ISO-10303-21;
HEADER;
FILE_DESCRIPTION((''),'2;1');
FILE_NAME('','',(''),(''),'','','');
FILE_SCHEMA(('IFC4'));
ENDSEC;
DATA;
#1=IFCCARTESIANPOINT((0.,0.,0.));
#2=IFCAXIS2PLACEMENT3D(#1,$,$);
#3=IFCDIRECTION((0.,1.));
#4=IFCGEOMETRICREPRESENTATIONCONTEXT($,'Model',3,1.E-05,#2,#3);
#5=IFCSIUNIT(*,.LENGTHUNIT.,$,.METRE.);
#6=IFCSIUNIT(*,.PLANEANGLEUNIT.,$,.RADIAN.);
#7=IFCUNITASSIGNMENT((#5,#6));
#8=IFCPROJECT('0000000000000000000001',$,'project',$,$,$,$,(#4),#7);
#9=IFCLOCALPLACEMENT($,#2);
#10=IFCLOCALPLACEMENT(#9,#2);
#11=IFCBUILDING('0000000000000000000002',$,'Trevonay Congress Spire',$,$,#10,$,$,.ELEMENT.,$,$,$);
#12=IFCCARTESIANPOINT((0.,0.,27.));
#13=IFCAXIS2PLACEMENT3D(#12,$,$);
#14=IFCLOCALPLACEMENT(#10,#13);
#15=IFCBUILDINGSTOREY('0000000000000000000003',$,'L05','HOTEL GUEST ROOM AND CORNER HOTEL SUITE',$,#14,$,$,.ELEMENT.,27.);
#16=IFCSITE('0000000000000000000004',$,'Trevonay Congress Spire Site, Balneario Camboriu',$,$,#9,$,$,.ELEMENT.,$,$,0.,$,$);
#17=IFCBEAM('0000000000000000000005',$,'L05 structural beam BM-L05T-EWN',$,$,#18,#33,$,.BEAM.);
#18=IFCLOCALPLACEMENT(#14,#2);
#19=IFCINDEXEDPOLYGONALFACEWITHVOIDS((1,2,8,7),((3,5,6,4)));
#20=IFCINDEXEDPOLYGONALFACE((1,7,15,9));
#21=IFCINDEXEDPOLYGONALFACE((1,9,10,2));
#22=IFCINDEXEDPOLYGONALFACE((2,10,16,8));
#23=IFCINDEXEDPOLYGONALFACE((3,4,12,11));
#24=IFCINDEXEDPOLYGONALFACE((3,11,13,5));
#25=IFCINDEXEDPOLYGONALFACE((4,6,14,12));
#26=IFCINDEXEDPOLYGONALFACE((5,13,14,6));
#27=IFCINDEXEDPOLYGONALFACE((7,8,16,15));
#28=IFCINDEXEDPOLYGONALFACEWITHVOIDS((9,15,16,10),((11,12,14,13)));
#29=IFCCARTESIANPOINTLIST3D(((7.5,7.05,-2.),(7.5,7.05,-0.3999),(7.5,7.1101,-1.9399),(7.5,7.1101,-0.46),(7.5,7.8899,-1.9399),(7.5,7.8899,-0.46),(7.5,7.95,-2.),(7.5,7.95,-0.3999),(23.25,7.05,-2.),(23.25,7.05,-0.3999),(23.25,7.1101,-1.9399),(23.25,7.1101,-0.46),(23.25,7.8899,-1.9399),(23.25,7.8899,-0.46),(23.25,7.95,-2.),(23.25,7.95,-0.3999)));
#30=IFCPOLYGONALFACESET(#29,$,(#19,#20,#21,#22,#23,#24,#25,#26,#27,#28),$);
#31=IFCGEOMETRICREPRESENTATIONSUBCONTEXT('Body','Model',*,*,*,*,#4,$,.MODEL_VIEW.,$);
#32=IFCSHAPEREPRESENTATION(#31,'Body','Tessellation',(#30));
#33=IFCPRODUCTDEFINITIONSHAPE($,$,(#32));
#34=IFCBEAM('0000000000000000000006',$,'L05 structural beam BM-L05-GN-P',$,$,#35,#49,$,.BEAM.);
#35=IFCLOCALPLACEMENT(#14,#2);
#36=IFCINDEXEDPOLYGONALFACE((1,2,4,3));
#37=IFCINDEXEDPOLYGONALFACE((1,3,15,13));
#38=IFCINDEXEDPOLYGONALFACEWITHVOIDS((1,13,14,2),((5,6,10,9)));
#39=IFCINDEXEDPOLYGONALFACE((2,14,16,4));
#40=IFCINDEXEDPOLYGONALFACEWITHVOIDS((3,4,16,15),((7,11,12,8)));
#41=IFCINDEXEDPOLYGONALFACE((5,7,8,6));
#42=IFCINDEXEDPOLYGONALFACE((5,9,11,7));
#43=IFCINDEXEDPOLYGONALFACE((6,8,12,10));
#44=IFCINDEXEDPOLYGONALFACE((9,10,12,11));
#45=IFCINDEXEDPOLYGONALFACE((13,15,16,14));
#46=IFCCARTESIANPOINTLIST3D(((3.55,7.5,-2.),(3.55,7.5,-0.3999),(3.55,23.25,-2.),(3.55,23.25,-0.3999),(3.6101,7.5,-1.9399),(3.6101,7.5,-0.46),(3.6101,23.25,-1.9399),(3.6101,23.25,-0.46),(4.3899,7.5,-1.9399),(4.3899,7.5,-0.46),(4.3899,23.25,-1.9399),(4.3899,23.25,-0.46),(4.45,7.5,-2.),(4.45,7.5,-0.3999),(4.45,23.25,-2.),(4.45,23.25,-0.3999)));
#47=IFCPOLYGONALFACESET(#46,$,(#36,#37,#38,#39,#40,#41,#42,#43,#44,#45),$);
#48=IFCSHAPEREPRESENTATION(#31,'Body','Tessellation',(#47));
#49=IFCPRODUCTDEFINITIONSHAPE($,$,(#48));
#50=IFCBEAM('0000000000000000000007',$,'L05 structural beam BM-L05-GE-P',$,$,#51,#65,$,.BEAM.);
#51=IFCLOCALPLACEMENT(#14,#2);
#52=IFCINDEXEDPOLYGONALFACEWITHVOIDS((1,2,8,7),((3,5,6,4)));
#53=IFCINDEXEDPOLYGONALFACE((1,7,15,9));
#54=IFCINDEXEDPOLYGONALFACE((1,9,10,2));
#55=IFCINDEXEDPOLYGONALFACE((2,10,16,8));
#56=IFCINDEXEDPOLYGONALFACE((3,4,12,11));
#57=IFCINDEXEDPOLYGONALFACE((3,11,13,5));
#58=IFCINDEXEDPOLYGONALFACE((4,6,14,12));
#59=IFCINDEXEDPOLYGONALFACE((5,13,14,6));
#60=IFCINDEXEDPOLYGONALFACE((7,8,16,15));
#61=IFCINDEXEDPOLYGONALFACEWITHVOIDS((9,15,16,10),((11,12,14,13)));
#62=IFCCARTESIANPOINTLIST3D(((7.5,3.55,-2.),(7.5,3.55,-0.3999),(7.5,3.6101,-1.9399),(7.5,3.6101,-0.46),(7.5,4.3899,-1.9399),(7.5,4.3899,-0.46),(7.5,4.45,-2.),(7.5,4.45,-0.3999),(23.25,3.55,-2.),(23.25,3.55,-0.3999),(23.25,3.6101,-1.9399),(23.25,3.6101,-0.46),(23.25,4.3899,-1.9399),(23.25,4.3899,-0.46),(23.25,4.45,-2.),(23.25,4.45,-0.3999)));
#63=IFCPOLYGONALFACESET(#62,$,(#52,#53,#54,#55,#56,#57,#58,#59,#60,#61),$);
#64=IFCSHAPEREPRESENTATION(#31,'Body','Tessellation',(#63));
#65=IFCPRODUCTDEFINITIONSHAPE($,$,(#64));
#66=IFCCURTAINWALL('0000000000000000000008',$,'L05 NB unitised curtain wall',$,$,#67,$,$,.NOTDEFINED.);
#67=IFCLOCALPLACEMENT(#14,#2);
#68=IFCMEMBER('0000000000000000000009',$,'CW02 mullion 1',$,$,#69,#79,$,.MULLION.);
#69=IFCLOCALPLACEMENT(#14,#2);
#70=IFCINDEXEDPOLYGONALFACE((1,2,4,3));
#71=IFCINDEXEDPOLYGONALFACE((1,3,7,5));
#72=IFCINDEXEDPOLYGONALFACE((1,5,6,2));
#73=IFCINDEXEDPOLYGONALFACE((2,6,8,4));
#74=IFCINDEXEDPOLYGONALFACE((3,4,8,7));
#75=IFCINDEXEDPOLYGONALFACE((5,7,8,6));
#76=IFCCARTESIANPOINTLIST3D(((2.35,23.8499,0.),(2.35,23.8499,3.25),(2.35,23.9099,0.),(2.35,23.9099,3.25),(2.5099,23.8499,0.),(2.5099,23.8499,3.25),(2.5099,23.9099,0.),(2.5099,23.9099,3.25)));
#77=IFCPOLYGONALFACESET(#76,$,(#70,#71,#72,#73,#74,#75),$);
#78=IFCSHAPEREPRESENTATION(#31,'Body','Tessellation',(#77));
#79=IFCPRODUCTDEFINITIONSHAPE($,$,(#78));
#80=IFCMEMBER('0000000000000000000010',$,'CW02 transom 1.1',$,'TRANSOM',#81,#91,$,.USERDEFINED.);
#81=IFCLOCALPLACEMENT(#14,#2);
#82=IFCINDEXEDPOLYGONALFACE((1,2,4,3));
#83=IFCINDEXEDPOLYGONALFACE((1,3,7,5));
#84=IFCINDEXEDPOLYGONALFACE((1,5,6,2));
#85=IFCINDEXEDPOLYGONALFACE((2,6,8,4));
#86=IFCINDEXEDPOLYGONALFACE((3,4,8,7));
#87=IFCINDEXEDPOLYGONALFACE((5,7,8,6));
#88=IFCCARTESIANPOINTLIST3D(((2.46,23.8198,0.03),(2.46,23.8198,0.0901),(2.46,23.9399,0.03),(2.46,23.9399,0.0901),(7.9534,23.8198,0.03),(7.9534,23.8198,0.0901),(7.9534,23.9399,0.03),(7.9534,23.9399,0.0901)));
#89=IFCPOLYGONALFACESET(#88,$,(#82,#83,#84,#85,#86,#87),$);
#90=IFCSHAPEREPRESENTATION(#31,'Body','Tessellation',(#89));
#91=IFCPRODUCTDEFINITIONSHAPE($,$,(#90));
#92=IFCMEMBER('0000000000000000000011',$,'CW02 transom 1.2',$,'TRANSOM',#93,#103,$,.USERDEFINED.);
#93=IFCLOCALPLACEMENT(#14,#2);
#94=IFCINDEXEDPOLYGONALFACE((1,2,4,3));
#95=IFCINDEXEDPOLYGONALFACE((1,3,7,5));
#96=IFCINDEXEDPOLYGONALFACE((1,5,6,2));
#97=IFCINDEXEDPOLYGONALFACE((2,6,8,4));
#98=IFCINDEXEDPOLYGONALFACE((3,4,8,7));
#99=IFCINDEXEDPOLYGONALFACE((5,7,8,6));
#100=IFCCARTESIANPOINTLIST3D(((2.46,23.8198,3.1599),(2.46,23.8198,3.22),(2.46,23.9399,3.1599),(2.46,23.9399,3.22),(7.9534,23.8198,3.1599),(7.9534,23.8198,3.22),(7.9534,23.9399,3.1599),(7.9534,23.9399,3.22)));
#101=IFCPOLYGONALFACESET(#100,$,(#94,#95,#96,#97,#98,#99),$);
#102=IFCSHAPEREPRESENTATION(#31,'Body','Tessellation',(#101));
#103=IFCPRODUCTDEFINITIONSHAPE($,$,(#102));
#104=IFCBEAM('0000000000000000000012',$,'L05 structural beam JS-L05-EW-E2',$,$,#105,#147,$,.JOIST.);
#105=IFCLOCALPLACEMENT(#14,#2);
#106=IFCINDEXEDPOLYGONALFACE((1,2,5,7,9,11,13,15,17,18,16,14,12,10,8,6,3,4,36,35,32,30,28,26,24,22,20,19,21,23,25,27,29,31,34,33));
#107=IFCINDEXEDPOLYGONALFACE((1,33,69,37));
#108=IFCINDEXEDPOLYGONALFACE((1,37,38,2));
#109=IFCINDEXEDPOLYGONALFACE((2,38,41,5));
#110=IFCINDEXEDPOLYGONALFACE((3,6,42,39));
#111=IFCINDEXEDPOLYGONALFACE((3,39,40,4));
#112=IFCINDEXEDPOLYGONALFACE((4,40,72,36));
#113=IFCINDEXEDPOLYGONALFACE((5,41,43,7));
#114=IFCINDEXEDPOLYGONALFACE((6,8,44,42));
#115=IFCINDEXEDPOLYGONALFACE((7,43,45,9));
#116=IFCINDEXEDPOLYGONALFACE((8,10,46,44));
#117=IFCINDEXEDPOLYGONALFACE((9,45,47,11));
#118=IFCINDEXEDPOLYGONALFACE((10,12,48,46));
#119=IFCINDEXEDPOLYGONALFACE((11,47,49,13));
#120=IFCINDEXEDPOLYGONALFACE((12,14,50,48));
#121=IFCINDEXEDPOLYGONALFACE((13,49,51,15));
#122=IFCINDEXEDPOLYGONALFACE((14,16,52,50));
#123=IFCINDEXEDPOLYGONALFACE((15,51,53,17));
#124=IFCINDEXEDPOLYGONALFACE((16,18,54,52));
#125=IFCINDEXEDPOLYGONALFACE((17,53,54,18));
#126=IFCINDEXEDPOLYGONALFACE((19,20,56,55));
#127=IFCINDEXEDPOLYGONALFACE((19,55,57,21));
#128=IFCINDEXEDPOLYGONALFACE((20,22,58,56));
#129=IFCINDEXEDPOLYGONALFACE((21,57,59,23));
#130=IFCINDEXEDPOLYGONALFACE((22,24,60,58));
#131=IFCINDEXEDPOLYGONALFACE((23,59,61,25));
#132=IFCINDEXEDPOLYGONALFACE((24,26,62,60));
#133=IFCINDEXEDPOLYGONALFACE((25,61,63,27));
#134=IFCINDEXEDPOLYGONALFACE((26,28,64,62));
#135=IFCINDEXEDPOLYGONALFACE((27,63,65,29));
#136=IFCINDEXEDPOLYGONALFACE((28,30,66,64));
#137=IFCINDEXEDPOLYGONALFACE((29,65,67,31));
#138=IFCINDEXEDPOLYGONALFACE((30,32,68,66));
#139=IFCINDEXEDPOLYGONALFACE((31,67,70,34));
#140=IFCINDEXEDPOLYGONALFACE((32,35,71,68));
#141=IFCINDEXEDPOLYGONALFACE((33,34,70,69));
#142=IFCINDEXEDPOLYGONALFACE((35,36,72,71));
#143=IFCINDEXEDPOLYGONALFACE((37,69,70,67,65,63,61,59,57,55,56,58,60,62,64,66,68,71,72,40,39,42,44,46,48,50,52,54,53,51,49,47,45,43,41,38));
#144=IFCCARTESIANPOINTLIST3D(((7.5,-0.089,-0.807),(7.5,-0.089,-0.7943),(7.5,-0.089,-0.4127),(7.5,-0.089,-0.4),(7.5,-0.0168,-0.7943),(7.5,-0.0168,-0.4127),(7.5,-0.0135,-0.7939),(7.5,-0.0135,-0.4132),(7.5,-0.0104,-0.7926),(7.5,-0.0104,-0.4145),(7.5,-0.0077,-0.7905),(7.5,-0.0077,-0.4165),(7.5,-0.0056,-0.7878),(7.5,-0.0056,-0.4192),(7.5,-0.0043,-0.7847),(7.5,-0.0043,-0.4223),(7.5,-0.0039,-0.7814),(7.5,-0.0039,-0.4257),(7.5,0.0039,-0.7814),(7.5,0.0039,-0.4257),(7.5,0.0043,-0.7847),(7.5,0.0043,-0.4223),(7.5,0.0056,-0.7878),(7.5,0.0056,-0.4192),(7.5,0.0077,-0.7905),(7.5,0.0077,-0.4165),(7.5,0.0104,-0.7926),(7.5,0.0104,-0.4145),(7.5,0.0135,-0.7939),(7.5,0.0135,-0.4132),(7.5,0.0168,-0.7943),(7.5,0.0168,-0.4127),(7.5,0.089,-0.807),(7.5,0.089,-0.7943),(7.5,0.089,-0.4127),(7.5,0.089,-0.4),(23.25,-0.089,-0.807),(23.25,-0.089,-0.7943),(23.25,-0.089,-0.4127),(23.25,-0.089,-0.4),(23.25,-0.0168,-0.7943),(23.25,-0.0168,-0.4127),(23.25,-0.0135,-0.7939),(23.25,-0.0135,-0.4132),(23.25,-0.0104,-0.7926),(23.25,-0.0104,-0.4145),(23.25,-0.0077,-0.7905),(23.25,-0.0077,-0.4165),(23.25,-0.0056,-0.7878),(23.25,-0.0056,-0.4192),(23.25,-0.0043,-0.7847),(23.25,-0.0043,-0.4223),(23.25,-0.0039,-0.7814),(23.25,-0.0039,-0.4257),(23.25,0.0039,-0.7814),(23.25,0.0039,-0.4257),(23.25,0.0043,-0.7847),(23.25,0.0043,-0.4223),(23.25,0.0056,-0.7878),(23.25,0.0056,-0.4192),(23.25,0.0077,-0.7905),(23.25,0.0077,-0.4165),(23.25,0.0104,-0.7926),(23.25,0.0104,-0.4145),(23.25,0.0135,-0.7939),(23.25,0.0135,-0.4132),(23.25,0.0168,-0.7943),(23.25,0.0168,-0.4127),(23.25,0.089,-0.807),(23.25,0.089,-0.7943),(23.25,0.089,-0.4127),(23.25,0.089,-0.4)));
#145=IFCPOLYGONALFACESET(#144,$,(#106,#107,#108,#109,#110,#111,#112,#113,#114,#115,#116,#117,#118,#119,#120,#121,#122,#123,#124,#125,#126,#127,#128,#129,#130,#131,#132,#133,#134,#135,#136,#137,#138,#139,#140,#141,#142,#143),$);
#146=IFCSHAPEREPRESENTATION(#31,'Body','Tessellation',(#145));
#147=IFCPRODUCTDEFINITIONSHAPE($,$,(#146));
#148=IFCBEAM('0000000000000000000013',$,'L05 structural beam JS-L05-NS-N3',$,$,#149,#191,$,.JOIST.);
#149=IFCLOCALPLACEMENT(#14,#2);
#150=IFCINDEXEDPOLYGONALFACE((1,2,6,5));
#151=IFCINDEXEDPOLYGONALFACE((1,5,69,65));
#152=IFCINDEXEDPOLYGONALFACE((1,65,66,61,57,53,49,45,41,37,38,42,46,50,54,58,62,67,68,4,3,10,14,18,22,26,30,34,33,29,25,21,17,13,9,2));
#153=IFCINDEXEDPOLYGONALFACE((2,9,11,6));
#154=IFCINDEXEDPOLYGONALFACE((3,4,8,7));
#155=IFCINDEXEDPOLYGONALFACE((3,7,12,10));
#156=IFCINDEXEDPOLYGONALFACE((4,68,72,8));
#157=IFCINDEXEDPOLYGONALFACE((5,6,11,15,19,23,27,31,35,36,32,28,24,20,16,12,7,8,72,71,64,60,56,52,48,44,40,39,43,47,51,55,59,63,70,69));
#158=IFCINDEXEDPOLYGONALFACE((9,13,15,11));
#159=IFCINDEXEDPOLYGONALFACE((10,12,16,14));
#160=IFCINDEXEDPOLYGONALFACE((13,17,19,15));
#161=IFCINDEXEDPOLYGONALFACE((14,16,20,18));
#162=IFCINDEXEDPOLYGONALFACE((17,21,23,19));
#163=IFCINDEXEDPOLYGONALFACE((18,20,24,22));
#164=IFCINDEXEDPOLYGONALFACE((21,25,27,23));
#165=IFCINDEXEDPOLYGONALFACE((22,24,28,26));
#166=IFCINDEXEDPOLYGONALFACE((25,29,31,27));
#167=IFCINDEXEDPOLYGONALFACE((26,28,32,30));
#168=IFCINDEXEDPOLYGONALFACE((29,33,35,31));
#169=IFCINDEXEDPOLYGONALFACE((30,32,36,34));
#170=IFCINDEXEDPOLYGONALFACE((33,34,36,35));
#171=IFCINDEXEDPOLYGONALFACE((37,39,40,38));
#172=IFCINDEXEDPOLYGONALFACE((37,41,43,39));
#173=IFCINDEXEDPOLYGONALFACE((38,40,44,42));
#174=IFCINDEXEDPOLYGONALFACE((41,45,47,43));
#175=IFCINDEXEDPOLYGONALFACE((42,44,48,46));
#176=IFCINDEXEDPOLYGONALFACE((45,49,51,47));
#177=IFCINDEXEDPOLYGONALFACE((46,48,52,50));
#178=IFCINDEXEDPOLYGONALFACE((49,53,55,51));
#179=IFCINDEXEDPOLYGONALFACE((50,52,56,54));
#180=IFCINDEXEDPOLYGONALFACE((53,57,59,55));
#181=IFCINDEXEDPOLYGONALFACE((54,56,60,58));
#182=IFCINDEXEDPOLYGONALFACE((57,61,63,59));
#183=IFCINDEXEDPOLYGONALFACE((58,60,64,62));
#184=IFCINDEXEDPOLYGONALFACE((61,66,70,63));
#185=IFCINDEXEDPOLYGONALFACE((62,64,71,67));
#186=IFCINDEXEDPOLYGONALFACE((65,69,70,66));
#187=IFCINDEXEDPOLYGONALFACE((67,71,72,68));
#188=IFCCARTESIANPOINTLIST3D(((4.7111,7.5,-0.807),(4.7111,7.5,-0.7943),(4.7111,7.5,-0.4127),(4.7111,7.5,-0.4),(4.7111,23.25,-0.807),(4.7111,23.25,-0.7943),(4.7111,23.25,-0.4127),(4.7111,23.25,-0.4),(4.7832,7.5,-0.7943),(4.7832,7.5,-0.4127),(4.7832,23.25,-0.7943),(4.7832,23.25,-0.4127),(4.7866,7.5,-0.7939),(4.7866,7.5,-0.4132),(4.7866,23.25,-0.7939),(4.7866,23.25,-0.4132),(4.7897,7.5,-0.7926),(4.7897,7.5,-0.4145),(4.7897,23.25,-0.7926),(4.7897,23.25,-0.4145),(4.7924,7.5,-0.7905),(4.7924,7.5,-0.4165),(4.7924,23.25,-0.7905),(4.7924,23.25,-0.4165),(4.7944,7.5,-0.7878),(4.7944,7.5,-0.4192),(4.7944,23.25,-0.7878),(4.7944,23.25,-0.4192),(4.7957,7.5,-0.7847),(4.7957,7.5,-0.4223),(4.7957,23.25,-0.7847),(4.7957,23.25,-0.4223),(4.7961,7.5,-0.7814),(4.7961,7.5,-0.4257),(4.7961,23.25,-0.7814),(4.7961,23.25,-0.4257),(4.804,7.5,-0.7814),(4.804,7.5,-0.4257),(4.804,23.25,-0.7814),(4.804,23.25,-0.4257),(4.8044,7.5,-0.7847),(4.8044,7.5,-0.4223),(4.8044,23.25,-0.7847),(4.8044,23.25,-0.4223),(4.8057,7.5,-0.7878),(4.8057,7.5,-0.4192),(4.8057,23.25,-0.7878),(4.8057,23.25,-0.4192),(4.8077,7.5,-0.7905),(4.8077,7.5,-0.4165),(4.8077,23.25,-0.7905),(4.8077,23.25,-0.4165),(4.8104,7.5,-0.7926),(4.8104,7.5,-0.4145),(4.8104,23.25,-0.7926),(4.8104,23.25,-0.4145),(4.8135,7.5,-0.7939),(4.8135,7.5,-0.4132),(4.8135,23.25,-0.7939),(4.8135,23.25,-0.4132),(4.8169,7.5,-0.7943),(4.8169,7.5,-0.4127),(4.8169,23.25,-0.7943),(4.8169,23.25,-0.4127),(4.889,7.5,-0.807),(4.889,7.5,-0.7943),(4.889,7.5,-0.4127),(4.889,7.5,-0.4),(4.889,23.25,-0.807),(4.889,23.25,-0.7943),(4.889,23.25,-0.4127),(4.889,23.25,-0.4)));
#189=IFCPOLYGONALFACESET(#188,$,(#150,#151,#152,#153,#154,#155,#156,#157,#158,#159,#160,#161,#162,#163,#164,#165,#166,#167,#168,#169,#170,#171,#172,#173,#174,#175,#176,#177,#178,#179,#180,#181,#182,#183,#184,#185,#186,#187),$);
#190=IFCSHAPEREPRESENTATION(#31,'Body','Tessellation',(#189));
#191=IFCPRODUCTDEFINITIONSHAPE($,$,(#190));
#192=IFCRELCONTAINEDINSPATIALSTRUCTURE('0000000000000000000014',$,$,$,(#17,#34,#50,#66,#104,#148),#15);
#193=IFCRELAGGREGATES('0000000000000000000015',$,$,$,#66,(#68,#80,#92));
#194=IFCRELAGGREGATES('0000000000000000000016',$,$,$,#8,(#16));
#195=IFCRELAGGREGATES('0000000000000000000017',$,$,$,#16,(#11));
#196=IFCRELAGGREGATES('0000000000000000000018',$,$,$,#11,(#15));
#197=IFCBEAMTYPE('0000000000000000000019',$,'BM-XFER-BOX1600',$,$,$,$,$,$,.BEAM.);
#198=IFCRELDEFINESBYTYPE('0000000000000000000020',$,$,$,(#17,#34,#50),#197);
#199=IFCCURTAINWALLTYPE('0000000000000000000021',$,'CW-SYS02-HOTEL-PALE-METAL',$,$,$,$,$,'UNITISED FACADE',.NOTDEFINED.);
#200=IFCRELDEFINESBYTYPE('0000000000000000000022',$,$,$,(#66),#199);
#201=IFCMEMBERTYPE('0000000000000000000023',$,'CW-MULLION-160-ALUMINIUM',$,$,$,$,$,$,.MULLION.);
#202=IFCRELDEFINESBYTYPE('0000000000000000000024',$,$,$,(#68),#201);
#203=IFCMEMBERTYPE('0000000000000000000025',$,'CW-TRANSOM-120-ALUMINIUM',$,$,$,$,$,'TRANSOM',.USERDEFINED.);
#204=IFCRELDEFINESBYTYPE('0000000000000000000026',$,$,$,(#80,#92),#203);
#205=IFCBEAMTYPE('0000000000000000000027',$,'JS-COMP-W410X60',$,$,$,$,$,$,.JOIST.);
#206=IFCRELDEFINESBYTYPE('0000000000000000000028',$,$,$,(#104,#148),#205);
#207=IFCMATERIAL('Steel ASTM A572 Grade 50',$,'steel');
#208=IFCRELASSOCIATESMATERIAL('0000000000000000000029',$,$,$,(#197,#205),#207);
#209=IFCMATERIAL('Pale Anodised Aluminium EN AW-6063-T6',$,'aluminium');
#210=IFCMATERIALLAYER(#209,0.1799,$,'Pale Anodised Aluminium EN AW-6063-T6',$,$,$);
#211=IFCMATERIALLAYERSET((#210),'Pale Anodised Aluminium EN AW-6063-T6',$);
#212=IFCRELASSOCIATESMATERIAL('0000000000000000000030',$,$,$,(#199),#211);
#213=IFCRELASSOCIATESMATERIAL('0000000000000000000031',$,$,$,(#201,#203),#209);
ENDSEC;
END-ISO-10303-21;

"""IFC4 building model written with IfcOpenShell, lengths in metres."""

from ifc_helpers import new_model, si_unit, direction, frame, origin, origin_2d, place, context, subcontext, project, spatial, rectangle, hollow_rectangle, i_section, extrude, material, layer, layer_set, material_profile, profile_set, type_object, element, aggregate, save


model = new_model("IFC4")

# Units and contexts
model_context = context("Model", 3, precision=1e-05, world=origin(), true_north=direction((0.0, 1.0)))
body_context = subcontext(model_context, "Body", "Model", "MODEL_VIEW")
ifc_project = project(units=[si_unit("LENGTHUNIT", "METRE"), si_unit("PLANEANGLEUNIT", "RADIAN")], contexts=[model_context])

# Site, building, storey
site_placement = place(None, origin())
site = spatial("IfcSite", under=ifc_project, at=site_placement, Name="Trevonay Congress Spire Site, Balneario Camboriu", CompositionType="ELEMENT", RefElevation=0.0)
building_placement = place(site_placement, origin())
building = spatial("IfcBuilding", under=site, at=building_placement, Name="Trevonay Congress Spire", CompositionType="ELEMENT")
storey_placement = place(building_placement, frame((0.0, 0.0, 27.0)))
storey = spatial("IfcBuildingStorey", under=building, at=storey_placement, Name="L05", Description="HOTEL GUEST ROOM AND CORNER HOTEL SUITE", CompositionType="ELEMENT", Elevation=27.0)

# Shared definitions
ifc_material_1 = material(Name="Steel ASTM A572 Grade 50", Category="steel")

# Beams
ifc_material_profile_1 = material_profile(ifc_material_1, hollow_rectangle(XDim=0.8999, YDim=1.6001, WallThickness=0.0601, at=origin_2d()), Name="BOX 1600x900x60")
ifc_profile_set_1 = profile_set([ifc_material_profile_1], Name="Steel ASTM A572 Grade 50")
beam_type_1 = type_object("IfcBeamType", Name="BM-XFER-BOX1600", PredefinedType="BEAM", material=ifc_profile_set_1)
for number, where, z_axis, x_axis, name in (
    (1, (7.5, 7.5, -1.2), (1.0, 0.0, 0.0), (0.0, 1.0, 0.0), "L05 structural beam BM-L05T-EWN"),
    (2, (4.0, 7.5, -1.2), (0.0, 1.0, 0.0), (-1.0, 0.0, 0.0), "L05 structural beam BM-L05-GN-P"),
    (3, (7.5, 4.0, -1.2), (1.0, 0.0, 0.0), (0.0, 1.0, 0.0), "L05 structural beam BM-L05-GE-P"),
):
    element("IfcBeam", number, at=place(storey_placement, frame(where, z_axis=z_axis, x_axis=x_axis)), inside=storey, type_object=beam_type_1, Name=name, PredefinedType="BEAM", context=body_context, shape_type="SweptSolid", body=[
        extrude(hollow_rectangle(XDim=0.8999, YDim=1.6001, WallThickness=0.0601, at=origin_2d()), origin(), (0.0, 0.0, 1.0), 15.75),
    ])

# Curtain wall, members
ifc_material_2 = material(Name="Pale Anodised Aluminium EN AW-6063-T6", Category="aluminium")
ifc_layer_1 = layer(ifc_material_2, 0.1799, Name="Pale Anodised Aluminium EN AW-6063-T6")
ifc_layer_set_1 = layer_set([ifc_layer_1], Name="Pale Anodised Aluminium EN AW-6063-T6")
curtain_wall_type = type_object("IfcCurtainWallType", Name="CW-SYS02-HOTEL-PALE-METAL", ElementType="UNITISED FACADE", PredefinedType="NOTDEFINED", material=ifc_layer_set_1)
curtain_wall_placement = place(storey_placement, origin())
curtain_wall = element("IfcCurtainWall", 4, at=curtain_wall_placement, inside=storey, type_object=curtain_wall_type, Name="L05 NB unitised curtain wall", PredefinedType="NOTDEFINED")
ifc_material_profile_2 = material_profile(ifc_material_2, rectangle(XDim=0.0601, YDim=0.1599, at=origin_2d()), Name="CW-MULLION-160-ALUMINIUM")
ifc_profile_set_2 = profile_set([ifc_material_profile_2], Name="Pale Anodised Aluminium EN AW-6063-T6")
member_type_1 = type_object("IfcMemberType", Name="CW-MULLION-160-ALUMINIUM", PredefinedType="MULLION", material=ifc_profile_set_2)
member_1_placement = place(storey_placement, frame((2.4299, 23.8799, 0.0), z_axis=(0.0, 0.0, 1.0), x_axis=(0.0, 1.0, 0.0)))
member_1 = element("IfcMember", 5, at=member_1_placement, type_object=member_type_1, Name="CW02 mullion 1", PredefinedType="MULLION", context=body_context, shape_type="SweptSolid", body=[
    extrude(rectangle(XDim=0.0601, YDim=0.1599, at=origin_2d()), origin(), (0.0, 0.0, 1.0), 3.25),
])
ifc_material_profile_3 = material_profile(ifc_material_2, rectangle(XDim=0.1201, YDim=0.0601, at=origin_2d()), Name="CW-TRANSOM-120-ALUMINIUM")
ifc_profile_set_3 = profile_set([ifc_material_profile_3], Name="Pale Anodised Aluminium EN AW-6063-T6")
member_type_2 = type_object("IfcMemberType", Name="CW-TRANSOM-120-ALUMINIUM", ElementType="TRANSOM", PredefinedType="USERDEFINED", material=ifc_profile_set_3)
member_2_placement = place(storey_placement, frame((2.46, 23.8799, 0.0601), z_axis=(1.0, 0.0, 0.0), x_axis=(0.0, 1.0, 0.0)))
member_2 = element("IfcMember", 6, at=member_2_placement, type_object=member_type_2, Name="CW02 transom 1.1", ObjectType="TRANSOM", PredefinedType="USERDEFINED", context=body_context, shape_type="SweptSolid", body=[
    extrude(rectangle(XDim=0.1201, YDim=0.0601, at=origin_2d()), origin(), (0.0, 0.0, 1.0), 5.4934),
])
member_3_placement = place(storey_placement, frame((2.46, 23.8799, 3.1899), z_axis=(1.0, 0.0, 0.0), x_axis=(0.0, 1.0, 0.0)))
member_3 = element("IfcMember", 7, at=member_3_placement, type_object=member_type_2, Name="CW02 transom 1.2", ObjectType="TRANSOM", PredefinedType="USERDEFINED", context=body_context, shape_type="SweptSolid", body=[
    extrude(rectangle(XDim=0.1201, YDim=0.0601, at=origin_2d()), origin(), (0.0, 0.0, 1.0), 5.4934),
])

# Beams
ifc_material_profile_4 = material_profile(ifc_material_1, i_section(OverallWidth=0.178, OverallDepth=0.407, WebThickness=0.0078, FlangeThickness=0.0127, FilletRadius=0.0129, at=origin_2d()), Name="W410x60")
ifc_profile_set_4 = profile_set([ifc_material_profile_4], Name="Steel ASTM A572 Grade 50")
beam_type_2 = type_object("IfcBeamType", Name="JS-COMP-W410X60", PredefinedType="JOIST", material=ifc_profile_set_4)
for number, where, z_axis, x_axis, name in (
    (8, (7.5, 0.0, -0.6035), (1.0, 0.0, 0.0), (0.0, 1.0, 0.0), "L05 structural beam JS-L05-EW-E2"),
    (9, (4.8, 7.5, -0.6035), (0.0, 1.0, 0.0), (-1.0, 0.0, 0.0), "L05 structural beam JS-L05-NS-N3"),
):
    element("IfcBeam", number, at=place(storey_placement, frame(where, z_axis=z_axis, x_axis=x_axis)), inside=storey, type_object=beam_type_2, Name=name, PredefinedType="JOIST", context=body_context, shape_type="SweptSolid", body=[
        extrude(i_section(OverallWidth=0.178, OverallDepth=0.407, WebThickness=0.0078, FlangeThickness=0.0127, FilletRadius=0.0129, at=origin_2d()), origin(), (0.0, 0.0, 1.0), 15.75),
    ])

aggregate(curtain_wall, [member_1, member_2, member_3])

save(model, "model.ifc")
